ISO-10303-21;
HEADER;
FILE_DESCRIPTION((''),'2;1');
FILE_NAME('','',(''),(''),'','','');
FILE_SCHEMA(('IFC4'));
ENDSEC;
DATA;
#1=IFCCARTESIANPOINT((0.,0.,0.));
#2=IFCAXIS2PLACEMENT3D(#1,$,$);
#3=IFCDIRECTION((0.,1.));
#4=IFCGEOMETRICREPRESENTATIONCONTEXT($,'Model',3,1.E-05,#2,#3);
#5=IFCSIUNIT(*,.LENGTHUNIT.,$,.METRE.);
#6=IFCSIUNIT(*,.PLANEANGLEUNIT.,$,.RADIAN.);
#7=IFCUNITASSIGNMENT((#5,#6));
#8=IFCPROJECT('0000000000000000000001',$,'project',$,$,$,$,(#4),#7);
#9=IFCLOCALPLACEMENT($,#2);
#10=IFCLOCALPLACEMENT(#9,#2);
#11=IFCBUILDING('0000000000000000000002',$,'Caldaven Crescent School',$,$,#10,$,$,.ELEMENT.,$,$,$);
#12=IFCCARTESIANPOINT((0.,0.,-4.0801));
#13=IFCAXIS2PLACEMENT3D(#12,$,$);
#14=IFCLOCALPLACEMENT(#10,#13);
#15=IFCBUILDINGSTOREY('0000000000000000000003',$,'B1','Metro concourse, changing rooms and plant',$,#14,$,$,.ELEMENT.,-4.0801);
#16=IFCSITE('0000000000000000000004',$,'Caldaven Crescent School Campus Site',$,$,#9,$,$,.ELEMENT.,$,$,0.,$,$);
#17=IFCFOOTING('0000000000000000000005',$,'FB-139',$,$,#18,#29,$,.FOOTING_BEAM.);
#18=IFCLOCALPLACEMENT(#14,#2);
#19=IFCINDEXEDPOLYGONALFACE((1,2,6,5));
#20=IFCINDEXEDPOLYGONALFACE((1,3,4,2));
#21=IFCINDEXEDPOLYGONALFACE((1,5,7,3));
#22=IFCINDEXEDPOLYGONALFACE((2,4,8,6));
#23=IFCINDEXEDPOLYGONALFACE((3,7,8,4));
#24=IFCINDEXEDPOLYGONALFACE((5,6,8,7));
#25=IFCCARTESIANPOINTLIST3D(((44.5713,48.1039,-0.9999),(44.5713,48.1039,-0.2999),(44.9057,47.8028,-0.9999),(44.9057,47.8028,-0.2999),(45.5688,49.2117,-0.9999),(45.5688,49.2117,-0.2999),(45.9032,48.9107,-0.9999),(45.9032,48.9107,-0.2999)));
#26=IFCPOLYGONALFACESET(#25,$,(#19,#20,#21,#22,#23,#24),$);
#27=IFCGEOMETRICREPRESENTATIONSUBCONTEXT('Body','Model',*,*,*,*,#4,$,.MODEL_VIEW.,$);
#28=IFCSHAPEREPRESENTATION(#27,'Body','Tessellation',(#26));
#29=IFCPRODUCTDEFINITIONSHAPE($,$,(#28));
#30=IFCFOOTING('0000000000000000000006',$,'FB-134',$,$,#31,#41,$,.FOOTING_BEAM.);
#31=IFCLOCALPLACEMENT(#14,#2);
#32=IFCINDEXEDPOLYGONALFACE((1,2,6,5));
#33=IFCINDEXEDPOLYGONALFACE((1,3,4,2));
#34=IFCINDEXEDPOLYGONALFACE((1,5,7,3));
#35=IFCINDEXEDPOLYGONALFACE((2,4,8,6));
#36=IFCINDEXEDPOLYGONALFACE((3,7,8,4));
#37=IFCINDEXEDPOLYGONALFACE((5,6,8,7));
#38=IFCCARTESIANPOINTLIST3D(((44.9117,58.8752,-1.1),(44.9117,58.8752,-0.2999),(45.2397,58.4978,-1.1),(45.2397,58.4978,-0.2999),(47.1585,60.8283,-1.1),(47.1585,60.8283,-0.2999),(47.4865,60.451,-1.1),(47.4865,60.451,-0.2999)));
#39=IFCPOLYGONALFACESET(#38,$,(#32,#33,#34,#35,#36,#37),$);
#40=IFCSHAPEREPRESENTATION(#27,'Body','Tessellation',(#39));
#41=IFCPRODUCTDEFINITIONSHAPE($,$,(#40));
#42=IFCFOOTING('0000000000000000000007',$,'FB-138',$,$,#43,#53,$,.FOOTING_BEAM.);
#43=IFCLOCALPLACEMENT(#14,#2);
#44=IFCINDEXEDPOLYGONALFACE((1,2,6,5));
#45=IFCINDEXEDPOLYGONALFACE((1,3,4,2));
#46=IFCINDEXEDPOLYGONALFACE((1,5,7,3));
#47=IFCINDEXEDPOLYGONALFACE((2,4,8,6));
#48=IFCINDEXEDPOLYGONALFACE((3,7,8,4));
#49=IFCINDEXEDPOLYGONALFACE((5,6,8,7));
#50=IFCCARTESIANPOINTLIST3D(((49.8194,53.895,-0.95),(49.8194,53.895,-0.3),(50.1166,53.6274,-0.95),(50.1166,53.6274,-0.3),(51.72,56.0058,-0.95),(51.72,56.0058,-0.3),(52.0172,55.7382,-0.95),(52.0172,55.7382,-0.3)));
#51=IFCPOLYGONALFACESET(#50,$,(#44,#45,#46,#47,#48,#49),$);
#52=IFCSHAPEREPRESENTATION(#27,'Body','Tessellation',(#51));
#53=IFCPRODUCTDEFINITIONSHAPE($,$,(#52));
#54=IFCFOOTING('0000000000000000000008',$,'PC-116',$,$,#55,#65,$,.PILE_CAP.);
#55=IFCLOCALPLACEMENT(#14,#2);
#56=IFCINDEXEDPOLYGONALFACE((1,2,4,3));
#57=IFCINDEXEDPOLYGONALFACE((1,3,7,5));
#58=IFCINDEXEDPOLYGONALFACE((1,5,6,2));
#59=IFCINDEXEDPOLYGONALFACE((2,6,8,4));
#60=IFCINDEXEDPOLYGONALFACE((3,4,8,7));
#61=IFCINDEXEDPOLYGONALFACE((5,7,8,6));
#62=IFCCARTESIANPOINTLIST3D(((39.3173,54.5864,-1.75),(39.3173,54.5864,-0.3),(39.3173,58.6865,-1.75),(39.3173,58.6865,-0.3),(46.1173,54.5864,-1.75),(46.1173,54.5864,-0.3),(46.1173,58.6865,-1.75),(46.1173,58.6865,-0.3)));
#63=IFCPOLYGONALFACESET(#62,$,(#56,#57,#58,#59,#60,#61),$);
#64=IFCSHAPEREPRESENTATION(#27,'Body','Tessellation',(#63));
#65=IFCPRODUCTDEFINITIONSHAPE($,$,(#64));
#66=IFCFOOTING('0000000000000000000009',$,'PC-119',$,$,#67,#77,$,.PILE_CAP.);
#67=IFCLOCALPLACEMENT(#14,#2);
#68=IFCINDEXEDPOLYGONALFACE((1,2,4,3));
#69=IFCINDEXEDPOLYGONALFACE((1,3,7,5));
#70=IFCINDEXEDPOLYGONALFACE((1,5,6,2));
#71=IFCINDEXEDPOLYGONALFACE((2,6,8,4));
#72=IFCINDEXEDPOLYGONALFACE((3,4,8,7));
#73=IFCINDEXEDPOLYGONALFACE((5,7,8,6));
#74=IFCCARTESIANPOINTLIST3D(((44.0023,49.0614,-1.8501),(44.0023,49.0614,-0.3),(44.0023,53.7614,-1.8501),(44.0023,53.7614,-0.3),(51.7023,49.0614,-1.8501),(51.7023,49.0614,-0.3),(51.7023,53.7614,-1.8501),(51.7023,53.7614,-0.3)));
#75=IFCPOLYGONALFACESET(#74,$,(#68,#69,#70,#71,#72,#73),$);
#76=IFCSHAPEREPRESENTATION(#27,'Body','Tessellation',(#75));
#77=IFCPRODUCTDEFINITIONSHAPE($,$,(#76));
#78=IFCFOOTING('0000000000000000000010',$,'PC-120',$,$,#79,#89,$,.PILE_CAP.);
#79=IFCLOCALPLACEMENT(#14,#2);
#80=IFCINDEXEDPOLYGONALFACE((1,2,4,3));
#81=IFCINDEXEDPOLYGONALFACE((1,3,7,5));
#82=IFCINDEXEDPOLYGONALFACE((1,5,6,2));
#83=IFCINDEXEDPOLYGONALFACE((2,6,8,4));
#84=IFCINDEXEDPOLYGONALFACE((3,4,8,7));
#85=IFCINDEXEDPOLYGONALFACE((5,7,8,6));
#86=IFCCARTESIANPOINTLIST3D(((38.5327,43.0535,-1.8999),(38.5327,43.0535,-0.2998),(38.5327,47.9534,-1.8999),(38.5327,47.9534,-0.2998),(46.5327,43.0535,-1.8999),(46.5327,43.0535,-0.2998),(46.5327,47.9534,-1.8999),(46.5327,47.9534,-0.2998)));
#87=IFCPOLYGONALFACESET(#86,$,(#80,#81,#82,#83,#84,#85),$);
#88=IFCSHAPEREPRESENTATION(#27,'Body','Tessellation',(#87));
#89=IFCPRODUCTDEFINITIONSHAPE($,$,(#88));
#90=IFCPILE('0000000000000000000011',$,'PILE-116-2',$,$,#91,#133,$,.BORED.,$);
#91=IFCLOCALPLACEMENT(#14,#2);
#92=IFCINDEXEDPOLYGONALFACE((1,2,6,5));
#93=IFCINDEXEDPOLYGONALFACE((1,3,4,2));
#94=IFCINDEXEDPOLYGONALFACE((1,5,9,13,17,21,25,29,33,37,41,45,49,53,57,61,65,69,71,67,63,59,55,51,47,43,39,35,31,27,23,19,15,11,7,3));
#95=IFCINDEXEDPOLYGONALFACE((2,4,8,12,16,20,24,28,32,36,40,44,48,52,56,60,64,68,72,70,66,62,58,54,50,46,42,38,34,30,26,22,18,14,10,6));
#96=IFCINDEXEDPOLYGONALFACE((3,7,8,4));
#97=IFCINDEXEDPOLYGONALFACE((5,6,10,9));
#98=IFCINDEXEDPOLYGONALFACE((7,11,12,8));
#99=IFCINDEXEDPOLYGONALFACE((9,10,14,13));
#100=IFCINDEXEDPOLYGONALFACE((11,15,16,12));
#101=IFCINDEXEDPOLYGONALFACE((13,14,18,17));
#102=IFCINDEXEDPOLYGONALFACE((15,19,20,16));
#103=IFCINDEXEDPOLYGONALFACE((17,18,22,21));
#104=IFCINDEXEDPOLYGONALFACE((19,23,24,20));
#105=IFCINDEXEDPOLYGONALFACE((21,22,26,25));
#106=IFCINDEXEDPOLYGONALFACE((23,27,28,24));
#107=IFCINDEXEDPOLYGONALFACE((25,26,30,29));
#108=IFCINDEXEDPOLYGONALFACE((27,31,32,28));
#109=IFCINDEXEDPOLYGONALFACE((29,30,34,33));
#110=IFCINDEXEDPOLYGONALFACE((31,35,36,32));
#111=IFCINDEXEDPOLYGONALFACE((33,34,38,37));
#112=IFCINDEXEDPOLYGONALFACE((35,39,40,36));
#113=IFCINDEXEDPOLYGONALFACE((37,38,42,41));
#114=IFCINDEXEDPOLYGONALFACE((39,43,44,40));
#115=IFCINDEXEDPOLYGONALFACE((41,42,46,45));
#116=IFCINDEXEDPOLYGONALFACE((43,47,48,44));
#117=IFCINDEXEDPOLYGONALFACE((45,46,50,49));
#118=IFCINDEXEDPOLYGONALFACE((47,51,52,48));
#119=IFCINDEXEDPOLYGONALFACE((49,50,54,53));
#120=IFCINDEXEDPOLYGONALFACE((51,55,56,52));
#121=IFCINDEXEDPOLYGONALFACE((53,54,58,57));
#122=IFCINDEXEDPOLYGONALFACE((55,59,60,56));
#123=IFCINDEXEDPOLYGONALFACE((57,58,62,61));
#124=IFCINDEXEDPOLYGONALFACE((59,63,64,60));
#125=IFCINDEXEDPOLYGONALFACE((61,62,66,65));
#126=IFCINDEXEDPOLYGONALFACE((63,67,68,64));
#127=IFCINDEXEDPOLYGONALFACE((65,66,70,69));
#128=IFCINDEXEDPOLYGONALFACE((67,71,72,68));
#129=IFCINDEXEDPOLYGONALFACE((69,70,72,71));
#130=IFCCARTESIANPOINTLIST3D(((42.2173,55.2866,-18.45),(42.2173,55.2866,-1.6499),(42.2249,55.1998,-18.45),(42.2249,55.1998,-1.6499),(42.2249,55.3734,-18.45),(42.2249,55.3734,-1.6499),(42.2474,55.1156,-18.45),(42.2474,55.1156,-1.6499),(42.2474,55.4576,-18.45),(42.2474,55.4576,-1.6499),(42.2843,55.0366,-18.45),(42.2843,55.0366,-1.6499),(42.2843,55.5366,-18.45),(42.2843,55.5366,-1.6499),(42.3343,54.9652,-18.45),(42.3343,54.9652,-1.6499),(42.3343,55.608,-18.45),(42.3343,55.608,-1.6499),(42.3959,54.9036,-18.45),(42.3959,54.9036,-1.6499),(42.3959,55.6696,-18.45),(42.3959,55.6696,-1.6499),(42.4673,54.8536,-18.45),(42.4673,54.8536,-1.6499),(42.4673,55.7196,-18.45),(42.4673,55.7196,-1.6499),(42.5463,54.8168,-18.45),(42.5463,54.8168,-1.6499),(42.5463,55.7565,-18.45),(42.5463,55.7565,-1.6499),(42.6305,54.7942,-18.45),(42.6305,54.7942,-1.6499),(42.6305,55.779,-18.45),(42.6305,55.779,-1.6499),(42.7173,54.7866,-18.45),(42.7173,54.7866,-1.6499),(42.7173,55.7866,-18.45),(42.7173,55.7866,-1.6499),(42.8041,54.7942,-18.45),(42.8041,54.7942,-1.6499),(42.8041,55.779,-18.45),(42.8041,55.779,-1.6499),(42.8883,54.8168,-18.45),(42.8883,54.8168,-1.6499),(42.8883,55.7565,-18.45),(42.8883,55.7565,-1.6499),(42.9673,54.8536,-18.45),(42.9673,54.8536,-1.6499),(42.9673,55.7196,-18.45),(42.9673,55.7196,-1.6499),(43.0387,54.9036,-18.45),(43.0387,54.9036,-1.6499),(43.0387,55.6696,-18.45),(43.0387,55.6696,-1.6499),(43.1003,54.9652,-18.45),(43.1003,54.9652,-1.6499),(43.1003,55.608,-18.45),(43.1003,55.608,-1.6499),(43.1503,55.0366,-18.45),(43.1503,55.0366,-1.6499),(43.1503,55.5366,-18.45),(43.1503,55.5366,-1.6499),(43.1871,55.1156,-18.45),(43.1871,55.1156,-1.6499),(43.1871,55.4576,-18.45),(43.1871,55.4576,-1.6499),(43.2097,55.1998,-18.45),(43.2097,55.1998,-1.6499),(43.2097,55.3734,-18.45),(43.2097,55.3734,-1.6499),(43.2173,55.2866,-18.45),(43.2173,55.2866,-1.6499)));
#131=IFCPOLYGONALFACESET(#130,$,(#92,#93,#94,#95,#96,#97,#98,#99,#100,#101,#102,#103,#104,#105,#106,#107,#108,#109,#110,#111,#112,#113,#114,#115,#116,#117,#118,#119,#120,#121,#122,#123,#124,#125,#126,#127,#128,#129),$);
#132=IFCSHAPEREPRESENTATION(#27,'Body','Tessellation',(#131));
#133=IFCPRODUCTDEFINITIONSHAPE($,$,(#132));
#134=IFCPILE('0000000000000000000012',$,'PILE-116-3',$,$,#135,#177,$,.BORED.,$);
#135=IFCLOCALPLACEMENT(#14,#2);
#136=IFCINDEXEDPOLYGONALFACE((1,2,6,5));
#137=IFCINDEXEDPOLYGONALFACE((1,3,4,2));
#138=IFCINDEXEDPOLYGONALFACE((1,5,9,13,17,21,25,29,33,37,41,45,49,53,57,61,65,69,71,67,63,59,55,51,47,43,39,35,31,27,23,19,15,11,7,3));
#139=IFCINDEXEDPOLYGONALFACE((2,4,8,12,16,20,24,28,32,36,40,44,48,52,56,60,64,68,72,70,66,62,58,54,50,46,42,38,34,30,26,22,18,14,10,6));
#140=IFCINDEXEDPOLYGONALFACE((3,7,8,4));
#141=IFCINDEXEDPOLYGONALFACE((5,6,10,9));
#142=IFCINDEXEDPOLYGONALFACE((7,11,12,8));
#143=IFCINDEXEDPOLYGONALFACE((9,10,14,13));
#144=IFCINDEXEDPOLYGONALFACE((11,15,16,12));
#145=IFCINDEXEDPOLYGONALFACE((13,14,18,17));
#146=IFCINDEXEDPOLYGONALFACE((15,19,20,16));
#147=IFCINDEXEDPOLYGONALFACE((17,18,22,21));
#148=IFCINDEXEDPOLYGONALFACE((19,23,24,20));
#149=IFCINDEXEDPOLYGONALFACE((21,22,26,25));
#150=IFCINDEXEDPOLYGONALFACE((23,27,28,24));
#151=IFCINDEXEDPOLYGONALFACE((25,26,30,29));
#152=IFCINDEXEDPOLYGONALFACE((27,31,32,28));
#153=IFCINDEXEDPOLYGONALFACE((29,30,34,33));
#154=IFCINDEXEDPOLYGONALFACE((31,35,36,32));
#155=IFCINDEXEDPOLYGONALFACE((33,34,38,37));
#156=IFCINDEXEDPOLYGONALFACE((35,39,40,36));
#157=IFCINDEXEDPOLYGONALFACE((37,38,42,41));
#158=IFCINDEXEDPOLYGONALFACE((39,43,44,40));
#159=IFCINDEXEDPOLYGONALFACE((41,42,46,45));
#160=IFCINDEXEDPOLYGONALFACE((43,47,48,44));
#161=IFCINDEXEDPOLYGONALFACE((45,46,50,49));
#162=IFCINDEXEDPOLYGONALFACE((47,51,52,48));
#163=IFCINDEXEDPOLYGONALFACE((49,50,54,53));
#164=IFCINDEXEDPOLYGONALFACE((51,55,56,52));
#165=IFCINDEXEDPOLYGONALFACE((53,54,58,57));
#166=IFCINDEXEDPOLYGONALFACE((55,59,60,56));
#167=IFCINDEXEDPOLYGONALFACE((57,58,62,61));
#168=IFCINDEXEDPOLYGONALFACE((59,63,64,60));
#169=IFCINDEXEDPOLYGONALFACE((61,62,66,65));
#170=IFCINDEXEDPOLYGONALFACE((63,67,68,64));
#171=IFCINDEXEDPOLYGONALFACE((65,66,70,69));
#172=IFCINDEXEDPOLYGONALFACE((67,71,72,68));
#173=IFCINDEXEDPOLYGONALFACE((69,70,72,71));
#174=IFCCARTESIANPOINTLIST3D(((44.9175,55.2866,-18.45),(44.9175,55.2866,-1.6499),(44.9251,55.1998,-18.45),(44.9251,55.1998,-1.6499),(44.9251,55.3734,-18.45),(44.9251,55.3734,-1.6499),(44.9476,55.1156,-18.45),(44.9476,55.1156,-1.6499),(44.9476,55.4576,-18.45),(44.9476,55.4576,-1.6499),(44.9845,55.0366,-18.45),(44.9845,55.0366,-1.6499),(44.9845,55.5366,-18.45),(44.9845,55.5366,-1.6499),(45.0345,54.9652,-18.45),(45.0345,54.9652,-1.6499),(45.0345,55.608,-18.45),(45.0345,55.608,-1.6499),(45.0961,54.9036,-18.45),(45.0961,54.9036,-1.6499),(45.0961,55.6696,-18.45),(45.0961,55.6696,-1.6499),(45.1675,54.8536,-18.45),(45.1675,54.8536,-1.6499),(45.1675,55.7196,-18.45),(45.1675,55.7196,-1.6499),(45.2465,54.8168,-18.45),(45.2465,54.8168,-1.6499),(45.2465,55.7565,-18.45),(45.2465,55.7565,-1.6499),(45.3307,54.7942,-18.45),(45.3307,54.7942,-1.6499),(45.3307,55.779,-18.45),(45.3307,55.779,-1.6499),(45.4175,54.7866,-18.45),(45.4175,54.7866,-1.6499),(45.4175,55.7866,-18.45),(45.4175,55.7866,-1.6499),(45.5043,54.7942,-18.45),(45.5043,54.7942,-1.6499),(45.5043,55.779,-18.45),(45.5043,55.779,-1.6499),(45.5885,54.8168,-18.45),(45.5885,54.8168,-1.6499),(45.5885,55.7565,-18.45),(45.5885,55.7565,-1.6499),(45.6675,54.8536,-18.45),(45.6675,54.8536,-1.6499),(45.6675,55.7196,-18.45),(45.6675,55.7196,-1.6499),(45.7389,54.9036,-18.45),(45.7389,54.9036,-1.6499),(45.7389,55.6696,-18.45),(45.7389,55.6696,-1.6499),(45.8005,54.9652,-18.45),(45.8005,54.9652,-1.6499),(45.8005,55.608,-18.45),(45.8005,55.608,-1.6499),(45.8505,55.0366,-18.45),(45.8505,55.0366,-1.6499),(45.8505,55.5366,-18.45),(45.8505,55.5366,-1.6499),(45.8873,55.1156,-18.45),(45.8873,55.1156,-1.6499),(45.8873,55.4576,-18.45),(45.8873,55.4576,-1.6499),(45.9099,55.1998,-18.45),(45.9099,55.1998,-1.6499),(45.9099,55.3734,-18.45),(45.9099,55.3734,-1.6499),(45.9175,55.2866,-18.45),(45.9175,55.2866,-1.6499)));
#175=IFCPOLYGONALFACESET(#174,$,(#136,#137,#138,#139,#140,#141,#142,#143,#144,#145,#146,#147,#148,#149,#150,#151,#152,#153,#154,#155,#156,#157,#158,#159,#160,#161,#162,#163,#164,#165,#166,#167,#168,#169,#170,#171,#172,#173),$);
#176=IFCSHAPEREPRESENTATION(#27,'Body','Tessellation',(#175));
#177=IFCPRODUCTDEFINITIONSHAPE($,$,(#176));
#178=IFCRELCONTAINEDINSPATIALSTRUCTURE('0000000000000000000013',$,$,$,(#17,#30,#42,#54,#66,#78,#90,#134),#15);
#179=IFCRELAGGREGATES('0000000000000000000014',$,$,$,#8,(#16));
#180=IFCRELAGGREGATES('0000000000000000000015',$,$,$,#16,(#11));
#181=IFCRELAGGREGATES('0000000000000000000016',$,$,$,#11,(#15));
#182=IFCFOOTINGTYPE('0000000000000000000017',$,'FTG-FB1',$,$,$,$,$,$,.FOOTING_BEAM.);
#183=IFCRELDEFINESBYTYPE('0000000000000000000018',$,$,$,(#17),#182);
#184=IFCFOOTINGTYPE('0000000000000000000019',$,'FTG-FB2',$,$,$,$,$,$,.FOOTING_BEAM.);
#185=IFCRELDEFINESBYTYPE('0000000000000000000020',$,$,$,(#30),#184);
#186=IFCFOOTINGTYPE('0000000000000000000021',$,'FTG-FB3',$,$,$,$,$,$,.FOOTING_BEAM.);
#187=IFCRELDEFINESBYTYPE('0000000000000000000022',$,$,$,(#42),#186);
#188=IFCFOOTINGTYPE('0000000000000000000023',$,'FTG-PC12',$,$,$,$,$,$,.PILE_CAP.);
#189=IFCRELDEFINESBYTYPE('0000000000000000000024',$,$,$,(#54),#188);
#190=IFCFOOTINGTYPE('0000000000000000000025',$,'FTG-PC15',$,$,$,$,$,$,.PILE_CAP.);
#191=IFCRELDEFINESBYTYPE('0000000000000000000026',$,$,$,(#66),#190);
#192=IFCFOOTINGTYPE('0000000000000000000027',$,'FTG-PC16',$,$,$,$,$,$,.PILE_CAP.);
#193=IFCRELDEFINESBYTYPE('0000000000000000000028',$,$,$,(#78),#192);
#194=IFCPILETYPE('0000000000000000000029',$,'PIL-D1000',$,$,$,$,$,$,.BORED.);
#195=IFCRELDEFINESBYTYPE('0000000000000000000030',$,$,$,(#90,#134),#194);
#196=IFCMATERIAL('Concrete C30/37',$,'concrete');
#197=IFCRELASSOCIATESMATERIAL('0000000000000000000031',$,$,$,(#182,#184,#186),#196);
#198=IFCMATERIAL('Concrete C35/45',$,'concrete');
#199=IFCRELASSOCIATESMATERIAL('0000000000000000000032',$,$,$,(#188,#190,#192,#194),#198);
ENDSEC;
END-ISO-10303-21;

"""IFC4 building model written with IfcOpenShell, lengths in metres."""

from ifc_helpers import new_model, si_unit, direction, frame, origin, origin_2d, place, context, subcontext, project, spatial, rectangle, circle, extrude, material, material_profile, profile_set, type_object, element, save


model = new_model("IFC4")

# Units and contexts
model_context = context("Model", 3, precision=1e-05, world=origin(), true_north=direction((0.0, 1.0)))
body_context = subcontext(model_context, "Body", "Model", "MODEL_VIEW")
ifc_project = project(units=[si_unit("LENGTHUNIT", "METRE"), si_unit("PLANEANGLEUNIT", "RADIAN")], contexts=[model_context])

# Site, building, storey
site_placement = place(None, origin())
site = spatial("IfcSite", under=ifc_project, at=site_placement, Name="Caldaven Crescent School Campus Site", CompositionType="ELEMENT", RefElevation=0.0)
building_placement = place(site_placement, origin())
building = spatial("IfcBuilding", under=site, at=building_placement, Name="Caldaven Crescent School", CompositionType="ELEMENT")
storey_placement = place(building_placement, frame((0.0, 0.0, -4.0801)))
storey = spatial("IfcBuildingStorey", under=building, at=storey_placement, Name="B1", Description="Metro concourse, changing rooms and plant", CompositionType="ELEMENT", Elevation=-4.0801)

# Footings
ifc_material_1 = material(Name="Concrete C30/37", Category="concrete")
ifc_material_profile_1 = material_profile(ifc_material_1, rectangle(XDim=0.45, YDim=0.7, at=origin_2d()), Name="FB 450x700")
ifc_profile_set_1 = profile_set([ifc_material_profile_1], Name="Concrete C30/37")
footing_type_1 = type_object("IfcFootingType", Name="FTG-FB1", PredefinedType="FOOTING_BEAM", material=ifc_profile_set_1)
footing_1_placement = place(storey_placement, frame((44.7385, 47.9534, -0.6499), z_axis=(0.669128, 0.743148, 0.0), x_axis=(-0.743148, 0.669128, 0.0)))
element("IfcFooting", 1, at=footing_1_placement, inside=storey, type_object=footing_type_1, Name="FB-139", PredefinedType="FOOTING_BEAM", context=body_context, shape_type="SweptSolid", body=[
    extrude(rectangle(XDim=0.45, YDim=0.7, at=origin_2d()), origin(), (0.0, 0.0, 1.0), 1.4907),
])
ifc_material_profile_2 = material_profile(ifc_material_1, rectangle(XDim=0.5, YDim=0.8, at=origin_2d()), Name="FB 500x800")
ifc_profile_set_2 = profile_set([ifc_material_profile_2], Name="Concrete C30/37")
footing_type_2 = type_object("IfcFootingType", Name="FTG-FB2", PredefinedType="FOOTING_BEAM", material=ifc_profile_set_2)
footing_2_placement = place(storey_placement, frame((45.0757, 58.6865, -0.7), z_axis=(0.754711, 0.656057, 0.0), x_axis=(-0.656057, 0.754711, 0.0)))
element("IfcFooting", 2, at=footing_2_placement, inside=storey, type_object=footing_type_2, Name="FB-134", PredefinedType="FOOTING_BEAM", context=body_context, shape_type="SweptSolid", body=[
    extrude(rectangle(XDim=0.5, YDim=0.8, at=origin_2d()), origin(), (0.0, 0.0, 1.0), 2.9771),
])
ifc_material_profile_3 = material_profile(ifc_material_1, rectangle(XDim=0.3999, YDim=0.6499, at=origin_2d()), Name="FB 400x650")
ifc_profile_set_3 = profile_set([ifc_material_profile_3], Name="Concrete C30/37")
footing_type_3 = type_object("IfcFootingType", Name="FTG-FB3", PredefinedType="FOOTING_BEAM", material=ifc_profile_set_3)
footing_3_placement = place(storey_placement, frame((49.968, 53.7612, -0.625), z_axis=(0.669136, 0.74314, 0.0), x_axis=(-0.74314, 0.669136, 0.0)))
element("IfcFooting", 3, at=footing_3_placement, inside=storey, type_object=footing_type_3, Name="FB-138", PredefinedType="FOOTING_BEAM", context=body_context, shape_type="SweptSolid", body=[
    extrude(rectangle(XDim=0.3999, YDim=0.6499, at=origin_2d()), origin(), (0.0, 0.0, 1.0), 2.8403),
])
ifc_material_2 = material(Name="Concrete C35/45", Category="concrete")
footing_type_4 = type_object("IfcFootingType", Name="FTG-PC12", PredefinedType="PILE_CAP", material=ifc_material_2)
footing_4_placement = place(storey_placement, frame((42.7173, 56.6365, -1.75), z_axis=(0.0, 0.0, 1.0), x_axis=(1.0, 0.0, 0.0)))
element("IfcFooting", 4, at=footing_4_placement, inside=storey, type_object=footing_type_4, Name="PC-116", PredefinedType="PILE_CAP", context=body_context, shape_type="SweptSolid", body=[
    extrude(rectangle(XDim=6.8, YDim=4.1001, at=origin_2d()), origin(), (0.0, 0.0, 1.0), 1.45),
])
footing_type_5 = type_object("IfcFootingType", Name="FTG-PC15", PredefinedType="PILE_CAP", material=ifc_material_2)
footing_5_placement = place(storey_placement, frame((47.8523, 51.4114, -1.8501), z_axis=(0.0, 0.0, 1.0), x_axis=(1.0, 0.0, 0.0)))
element("IfcFooting", 5, at=footing_5_placement, inside=storey, type_object=footing_type_5, Name="PC-119", PredefinedType="PILE_CAP", context=body_context, shape_type="SweptSolid", body=[
    extrude(rectangle(XDim=7.7, YDim=4.7, at=origin_2d()), origin(), (0.0, 0.0, 1.0), 1.55),
])
footing_type_6 = type_object("IfcFootingType", Name="FTG-PC16", PredefinedType="PILE_CAP", material=ifc_material_2)
footing_6_placement = place(storey_placement, frame((42.5327, 45.5034, -1.8999), z_axis=(0.0, 0.0, 1.0), x_axis=(1.0, 0.0, 0.0)))
element("IfcFooting", 6, at=footing_6_placement, inside=storey, type_object=footing_type_6, Name="PC-120", PredefinedType="PILE_CAP", context=body_context, shape_type="SweptSolid", body=[
    extrude(rectangle(XDim=8.0, YDim=4.8999, at=origin_2d()), origin(), (0.0, 0.0, 1.0), 1.6001),
])

# Piles
ifc_material_profile_4 = material_profile(ifc_material_2, circle(Radius=0.5, at=origin_2d()), Name="PILE D1000")
ifc_profile_set_4 = profile_set([ifc_material_profile_4], Name="Concrete C35/45")
pile_type = type_object("IfcPileType", Name="PIL-D1000", PredefinedType="BORED", material=ifc_profile_set_4)
for number, where, z_axis, x_axis, name in (
    (7, (42.7173, 55.2866, -1.6499), (0.0, 0.0, -1.0), (1.0, 0.0, 0.0), "PILE-116-2"),
    (8, (45.4175, 55.2866, -1.6499), (0.0, 0.0, -1.0), (1.0, 0.0, 0.0), "PILE-116-3"),
):
    element("IfcPile", number, at=place(storey_placement, frame(where, z_axis=z_axis, x_axis=x_axis)), inside=storey, type_object=pile_type, Name=name, PredefinedType="BORED", context=body_context, shape_type="SweptSolid", body=[
        extrude(circle(Radius=0.5, at=origin_2d()), origin(), (0.0, 0.0, 1.0), 16.8),
    ])

save(model, "model.ifc")
